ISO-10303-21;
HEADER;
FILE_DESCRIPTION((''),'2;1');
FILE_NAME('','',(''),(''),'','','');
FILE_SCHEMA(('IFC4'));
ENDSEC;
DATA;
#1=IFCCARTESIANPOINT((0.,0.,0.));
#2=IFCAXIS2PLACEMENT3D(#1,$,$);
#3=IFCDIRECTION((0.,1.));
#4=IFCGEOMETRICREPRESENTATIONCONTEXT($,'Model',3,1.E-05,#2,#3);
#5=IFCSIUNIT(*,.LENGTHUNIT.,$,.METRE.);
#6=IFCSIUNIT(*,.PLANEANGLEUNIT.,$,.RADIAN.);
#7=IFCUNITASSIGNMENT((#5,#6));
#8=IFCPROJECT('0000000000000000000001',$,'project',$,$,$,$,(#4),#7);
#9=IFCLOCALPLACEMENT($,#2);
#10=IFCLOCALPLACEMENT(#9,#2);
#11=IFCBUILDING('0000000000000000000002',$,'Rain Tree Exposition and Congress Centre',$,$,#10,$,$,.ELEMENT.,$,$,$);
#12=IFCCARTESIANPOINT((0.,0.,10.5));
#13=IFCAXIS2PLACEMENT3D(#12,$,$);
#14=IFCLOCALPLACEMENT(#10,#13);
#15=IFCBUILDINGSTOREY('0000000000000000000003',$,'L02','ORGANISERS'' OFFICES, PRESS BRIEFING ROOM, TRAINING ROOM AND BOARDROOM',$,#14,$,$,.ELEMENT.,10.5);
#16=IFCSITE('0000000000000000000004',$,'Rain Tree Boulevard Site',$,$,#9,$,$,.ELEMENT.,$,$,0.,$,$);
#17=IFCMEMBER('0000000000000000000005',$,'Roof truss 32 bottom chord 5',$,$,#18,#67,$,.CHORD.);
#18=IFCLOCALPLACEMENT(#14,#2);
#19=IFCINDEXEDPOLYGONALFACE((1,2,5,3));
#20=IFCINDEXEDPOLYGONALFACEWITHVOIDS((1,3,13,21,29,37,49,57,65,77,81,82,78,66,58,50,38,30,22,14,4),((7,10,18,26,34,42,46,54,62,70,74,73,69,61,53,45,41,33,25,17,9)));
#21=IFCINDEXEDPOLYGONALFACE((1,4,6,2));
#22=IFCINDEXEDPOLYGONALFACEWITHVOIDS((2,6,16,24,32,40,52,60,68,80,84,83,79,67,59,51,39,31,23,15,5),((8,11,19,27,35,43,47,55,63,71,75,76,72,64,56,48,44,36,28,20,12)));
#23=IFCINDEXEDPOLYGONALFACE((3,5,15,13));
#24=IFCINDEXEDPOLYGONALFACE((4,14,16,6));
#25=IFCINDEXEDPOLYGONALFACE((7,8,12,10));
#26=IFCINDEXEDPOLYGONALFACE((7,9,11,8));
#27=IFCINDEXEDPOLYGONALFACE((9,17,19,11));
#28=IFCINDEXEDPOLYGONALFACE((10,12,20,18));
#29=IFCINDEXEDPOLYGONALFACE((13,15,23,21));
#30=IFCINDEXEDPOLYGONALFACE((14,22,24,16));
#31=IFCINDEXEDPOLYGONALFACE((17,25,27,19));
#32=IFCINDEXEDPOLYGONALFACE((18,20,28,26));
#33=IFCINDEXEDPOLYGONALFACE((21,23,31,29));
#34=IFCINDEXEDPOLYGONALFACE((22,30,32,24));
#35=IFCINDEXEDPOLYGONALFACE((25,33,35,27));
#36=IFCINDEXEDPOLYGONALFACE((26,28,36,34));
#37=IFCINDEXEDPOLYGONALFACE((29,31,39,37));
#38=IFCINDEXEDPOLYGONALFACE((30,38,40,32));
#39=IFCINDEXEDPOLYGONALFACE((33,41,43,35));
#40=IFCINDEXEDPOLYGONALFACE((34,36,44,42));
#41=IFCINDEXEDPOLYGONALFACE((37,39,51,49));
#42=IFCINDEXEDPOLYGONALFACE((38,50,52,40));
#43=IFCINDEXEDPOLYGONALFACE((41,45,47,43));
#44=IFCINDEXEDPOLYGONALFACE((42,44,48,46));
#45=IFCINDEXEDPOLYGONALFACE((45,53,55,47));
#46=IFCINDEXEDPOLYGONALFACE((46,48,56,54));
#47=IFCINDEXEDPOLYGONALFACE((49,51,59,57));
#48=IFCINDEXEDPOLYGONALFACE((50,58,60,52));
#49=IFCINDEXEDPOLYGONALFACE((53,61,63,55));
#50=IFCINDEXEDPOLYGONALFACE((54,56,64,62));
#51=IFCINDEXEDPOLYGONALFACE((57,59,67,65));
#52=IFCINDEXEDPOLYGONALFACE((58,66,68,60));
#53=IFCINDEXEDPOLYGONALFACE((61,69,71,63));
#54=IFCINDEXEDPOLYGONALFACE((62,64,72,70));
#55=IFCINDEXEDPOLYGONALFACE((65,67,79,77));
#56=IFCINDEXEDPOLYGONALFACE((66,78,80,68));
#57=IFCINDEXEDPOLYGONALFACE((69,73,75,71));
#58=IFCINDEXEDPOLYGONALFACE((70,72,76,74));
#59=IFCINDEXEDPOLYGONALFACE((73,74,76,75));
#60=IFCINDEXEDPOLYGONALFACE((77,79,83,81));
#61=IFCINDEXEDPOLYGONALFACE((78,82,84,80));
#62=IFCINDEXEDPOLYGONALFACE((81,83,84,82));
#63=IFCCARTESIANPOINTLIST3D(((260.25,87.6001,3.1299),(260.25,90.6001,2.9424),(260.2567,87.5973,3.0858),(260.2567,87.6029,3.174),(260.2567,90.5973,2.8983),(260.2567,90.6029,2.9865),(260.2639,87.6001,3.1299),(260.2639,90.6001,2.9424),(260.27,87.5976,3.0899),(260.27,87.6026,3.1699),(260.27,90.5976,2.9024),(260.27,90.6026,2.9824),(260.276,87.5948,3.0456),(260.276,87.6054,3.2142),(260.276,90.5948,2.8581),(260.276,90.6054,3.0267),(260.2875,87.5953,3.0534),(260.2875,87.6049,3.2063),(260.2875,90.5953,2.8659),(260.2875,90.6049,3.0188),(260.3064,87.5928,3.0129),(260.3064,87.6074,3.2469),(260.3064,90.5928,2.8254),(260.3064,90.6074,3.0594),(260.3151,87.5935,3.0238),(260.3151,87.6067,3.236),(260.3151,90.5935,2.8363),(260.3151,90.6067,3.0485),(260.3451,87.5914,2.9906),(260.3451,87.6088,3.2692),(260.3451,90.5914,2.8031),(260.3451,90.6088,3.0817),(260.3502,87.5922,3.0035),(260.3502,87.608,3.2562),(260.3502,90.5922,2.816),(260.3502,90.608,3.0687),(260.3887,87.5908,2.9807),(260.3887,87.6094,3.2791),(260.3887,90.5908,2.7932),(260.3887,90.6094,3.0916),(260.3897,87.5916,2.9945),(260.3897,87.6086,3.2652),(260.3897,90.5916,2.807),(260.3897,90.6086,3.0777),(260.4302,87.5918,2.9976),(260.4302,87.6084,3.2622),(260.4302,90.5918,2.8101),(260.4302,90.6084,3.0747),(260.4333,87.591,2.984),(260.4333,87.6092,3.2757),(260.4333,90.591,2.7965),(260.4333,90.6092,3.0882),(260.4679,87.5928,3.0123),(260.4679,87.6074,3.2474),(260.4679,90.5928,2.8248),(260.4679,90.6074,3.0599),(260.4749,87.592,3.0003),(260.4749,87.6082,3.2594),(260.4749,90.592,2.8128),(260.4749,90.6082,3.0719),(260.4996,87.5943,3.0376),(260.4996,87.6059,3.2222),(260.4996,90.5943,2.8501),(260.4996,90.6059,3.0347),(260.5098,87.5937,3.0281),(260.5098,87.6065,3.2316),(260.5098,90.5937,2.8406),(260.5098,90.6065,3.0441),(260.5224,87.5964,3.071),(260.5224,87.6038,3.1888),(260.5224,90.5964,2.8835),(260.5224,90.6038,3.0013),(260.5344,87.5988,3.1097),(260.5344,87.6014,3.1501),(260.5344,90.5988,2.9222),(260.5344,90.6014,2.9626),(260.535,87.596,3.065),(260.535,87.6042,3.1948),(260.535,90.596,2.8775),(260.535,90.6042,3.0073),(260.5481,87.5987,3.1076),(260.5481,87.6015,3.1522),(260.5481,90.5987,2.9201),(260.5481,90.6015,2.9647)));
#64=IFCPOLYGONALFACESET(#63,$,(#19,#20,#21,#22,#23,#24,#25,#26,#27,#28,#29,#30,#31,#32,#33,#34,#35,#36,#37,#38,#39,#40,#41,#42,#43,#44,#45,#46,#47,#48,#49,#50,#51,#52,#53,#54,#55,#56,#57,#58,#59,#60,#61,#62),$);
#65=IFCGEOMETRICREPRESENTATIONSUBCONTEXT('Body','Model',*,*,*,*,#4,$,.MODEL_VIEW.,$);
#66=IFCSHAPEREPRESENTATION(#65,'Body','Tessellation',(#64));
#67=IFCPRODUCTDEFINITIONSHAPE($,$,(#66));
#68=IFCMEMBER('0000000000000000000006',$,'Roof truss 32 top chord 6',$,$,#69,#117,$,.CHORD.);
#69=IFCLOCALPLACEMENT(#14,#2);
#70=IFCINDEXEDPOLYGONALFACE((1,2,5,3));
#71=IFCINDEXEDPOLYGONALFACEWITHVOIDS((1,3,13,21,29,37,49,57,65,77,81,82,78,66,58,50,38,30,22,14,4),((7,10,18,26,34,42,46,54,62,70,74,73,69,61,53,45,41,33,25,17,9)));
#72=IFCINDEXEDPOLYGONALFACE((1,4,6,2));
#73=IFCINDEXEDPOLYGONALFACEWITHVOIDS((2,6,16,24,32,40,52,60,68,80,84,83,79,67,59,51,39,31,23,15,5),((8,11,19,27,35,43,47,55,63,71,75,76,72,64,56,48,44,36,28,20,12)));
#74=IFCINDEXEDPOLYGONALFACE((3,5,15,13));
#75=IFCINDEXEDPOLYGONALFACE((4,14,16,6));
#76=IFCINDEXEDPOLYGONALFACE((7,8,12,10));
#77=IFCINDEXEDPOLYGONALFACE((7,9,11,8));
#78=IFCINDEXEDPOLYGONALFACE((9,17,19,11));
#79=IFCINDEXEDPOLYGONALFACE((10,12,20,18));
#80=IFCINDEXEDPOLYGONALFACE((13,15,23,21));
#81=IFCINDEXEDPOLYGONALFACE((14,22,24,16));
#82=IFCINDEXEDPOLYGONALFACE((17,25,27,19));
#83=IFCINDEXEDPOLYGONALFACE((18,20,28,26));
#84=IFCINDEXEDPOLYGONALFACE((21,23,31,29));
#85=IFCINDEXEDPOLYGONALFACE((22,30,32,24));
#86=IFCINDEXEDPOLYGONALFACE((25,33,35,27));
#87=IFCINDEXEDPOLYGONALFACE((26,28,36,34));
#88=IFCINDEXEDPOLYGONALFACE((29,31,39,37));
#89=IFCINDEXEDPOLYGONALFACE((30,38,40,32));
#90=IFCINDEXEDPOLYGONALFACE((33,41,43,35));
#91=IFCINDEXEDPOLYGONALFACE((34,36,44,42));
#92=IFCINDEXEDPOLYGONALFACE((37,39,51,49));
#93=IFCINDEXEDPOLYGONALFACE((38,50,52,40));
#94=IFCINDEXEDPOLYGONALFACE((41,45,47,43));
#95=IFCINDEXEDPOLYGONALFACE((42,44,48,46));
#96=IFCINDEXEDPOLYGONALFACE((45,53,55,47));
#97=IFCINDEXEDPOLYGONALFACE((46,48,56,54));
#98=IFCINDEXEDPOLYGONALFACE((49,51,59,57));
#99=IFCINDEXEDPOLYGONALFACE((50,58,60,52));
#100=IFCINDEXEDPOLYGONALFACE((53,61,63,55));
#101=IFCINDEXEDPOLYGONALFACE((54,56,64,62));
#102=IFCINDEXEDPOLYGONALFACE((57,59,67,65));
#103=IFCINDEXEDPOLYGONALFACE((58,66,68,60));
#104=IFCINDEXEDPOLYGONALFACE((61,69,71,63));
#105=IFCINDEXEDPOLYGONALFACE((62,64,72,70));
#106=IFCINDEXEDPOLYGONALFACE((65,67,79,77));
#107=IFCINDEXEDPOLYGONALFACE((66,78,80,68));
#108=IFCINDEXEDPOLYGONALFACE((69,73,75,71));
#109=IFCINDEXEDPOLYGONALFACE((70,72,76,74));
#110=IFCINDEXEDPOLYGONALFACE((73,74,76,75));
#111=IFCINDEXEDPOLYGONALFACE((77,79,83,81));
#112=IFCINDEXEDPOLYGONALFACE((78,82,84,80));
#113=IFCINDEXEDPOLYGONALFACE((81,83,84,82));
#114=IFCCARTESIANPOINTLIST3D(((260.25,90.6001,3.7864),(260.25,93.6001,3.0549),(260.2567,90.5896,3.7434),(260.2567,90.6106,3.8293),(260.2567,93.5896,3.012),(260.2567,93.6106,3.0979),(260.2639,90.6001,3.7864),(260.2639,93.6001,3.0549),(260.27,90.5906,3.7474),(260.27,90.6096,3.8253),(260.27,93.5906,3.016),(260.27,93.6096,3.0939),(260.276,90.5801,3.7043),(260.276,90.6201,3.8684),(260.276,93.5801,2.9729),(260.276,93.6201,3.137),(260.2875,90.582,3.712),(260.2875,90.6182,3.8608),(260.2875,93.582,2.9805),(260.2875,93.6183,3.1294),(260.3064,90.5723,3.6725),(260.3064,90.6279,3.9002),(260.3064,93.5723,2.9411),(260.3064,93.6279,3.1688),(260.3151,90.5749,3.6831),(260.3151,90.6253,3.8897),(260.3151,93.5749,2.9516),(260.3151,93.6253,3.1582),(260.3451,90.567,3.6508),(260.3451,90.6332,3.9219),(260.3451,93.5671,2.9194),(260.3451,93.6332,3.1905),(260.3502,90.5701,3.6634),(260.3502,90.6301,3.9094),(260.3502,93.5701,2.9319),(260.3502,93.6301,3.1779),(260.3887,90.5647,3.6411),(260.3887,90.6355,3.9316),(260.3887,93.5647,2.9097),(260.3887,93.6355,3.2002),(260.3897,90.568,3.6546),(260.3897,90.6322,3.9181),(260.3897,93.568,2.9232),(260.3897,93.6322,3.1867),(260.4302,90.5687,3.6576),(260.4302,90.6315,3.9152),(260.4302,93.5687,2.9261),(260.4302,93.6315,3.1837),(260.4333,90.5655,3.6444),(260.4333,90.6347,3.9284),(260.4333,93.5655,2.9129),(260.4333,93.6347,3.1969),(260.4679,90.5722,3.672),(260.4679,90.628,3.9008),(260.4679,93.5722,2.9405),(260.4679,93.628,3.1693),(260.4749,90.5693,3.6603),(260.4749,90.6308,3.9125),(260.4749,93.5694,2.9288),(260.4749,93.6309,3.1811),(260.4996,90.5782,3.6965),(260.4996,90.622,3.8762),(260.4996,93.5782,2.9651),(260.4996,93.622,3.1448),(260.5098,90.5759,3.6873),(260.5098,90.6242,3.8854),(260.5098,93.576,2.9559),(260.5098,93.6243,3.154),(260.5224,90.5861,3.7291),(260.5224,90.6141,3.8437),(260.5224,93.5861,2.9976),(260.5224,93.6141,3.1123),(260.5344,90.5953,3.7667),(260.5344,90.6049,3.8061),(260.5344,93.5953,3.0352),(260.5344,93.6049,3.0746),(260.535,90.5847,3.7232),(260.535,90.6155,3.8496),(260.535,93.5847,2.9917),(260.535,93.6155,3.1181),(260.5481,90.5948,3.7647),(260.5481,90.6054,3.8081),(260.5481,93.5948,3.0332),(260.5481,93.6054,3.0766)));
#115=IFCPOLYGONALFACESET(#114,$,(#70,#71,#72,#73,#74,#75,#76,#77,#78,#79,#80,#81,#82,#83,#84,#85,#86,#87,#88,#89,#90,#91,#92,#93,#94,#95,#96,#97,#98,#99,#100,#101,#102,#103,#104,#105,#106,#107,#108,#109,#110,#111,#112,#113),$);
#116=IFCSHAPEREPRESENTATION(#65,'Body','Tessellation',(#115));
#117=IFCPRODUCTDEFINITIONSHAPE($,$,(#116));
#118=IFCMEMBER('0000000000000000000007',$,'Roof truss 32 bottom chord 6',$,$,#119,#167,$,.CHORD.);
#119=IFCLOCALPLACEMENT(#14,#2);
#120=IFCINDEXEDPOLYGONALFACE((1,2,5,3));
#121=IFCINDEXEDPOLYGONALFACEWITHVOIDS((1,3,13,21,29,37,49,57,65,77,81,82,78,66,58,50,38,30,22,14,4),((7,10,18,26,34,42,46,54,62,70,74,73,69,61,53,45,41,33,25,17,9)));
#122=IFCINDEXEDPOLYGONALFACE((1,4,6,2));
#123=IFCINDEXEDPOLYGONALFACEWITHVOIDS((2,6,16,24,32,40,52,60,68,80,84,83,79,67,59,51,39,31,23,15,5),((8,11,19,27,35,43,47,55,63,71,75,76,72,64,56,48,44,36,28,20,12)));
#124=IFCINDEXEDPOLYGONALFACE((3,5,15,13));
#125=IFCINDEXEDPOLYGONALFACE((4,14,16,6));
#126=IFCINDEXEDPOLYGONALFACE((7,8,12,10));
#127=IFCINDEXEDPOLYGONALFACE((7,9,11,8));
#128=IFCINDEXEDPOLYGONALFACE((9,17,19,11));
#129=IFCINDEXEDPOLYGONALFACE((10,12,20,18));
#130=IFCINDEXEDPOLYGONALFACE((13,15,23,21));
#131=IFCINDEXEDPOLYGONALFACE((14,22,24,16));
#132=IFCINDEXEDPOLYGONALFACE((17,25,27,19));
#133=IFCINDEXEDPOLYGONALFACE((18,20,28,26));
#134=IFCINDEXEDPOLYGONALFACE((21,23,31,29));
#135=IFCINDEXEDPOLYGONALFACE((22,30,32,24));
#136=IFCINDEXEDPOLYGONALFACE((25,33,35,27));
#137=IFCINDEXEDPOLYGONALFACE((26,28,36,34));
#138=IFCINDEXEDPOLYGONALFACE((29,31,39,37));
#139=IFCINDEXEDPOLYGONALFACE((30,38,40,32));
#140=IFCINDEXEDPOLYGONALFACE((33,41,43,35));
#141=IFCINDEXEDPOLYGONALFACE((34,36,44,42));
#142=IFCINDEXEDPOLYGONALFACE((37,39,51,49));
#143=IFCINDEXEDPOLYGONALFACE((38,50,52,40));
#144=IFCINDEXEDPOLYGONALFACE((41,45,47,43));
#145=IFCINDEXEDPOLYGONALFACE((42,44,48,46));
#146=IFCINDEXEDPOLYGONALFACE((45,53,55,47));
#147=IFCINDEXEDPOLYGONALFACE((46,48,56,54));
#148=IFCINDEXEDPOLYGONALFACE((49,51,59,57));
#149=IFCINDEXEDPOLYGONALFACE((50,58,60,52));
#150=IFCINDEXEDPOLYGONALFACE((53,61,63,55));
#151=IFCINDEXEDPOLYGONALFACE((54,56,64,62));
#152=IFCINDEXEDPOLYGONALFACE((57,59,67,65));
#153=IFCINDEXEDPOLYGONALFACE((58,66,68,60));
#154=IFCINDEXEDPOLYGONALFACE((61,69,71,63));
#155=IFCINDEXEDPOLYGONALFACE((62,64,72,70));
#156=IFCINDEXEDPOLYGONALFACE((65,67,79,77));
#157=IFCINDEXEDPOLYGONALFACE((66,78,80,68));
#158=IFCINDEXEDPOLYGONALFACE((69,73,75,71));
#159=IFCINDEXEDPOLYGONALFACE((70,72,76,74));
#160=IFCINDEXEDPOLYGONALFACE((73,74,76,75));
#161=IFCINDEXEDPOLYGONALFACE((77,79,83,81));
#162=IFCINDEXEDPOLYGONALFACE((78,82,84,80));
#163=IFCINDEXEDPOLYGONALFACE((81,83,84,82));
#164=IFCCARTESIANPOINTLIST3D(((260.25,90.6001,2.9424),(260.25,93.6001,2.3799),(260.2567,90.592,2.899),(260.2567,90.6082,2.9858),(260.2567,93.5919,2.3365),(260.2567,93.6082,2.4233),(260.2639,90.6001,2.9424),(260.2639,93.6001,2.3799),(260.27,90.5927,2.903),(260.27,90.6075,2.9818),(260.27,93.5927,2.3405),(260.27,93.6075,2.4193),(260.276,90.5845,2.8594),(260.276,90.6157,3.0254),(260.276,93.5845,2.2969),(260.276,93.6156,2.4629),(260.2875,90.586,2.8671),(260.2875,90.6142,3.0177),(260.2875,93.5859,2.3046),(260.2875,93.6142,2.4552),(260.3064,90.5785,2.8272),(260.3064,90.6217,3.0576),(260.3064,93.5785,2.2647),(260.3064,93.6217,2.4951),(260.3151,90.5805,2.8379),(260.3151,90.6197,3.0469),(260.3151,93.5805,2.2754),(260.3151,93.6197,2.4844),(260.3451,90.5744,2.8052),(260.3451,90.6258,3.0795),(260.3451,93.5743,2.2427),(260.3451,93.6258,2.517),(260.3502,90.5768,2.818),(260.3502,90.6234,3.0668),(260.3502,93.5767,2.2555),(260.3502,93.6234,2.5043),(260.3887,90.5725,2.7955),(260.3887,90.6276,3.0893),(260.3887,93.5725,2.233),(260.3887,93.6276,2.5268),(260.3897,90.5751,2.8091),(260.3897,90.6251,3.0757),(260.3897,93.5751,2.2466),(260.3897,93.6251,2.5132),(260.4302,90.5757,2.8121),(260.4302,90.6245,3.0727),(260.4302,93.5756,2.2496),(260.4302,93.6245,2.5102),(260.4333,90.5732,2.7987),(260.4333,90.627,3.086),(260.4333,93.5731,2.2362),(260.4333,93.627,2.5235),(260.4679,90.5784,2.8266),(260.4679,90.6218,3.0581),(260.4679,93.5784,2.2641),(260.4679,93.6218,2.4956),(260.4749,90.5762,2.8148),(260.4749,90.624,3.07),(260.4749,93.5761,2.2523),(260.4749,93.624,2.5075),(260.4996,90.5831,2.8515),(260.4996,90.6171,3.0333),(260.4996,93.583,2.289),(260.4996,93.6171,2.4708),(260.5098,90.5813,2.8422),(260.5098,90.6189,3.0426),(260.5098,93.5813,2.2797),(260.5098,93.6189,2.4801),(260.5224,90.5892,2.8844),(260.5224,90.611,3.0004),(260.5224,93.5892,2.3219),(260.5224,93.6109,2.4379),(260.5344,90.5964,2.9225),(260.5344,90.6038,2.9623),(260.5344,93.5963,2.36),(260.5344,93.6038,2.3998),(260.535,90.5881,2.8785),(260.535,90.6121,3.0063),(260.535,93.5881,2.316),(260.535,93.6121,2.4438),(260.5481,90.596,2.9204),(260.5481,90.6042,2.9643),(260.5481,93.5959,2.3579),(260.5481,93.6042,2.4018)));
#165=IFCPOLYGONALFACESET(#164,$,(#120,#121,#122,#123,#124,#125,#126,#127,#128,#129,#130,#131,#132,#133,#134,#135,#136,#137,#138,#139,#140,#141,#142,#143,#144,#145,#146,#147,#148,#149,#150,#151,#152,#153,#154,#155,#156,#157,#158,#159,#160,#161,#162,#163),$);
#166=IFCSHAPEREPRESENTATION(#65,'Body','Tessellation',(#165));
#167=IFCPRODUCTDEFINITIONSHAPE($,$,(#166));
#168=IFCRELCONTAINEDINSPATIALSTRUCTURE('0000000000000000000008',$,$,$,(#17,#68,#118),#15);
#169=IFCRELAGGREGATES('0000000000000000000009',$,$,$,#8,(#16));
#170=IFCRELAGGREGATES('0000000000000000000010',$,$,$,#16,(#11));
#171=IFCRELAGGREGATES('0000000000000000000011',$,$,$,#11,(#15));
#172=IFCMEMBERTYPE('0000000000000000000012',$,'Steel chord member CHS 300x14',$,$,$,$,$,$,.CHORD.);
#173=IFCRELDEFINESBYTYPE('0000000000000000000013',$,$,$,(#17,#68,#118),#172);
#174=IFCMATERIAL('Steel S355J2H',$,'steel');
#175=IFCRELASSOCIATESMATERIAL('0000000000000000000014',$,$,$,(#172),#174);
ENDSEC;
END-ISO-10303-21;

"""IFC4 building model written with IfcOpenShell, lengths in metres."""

from ifc_helpers import new_model, si_unit, direction, frame, origin, origin_2d, place, context, subcontext, project, spatial, hollow_circle, extrude, material, material_profile, profile_set, type_object, element, save


model = new_model("IFC4")

# Units and contexts
model_context = context("Model", 3, precision=1e-05, world=origin(), true_north=direction((0.0, 1.0)))
body_context = subcontext(model_context, "Body", "Model", "MODEL_VIEW")
ifc_project = project(units=[si_unit("LENGTHUNIT", "METRE"), si_unit("PLANEANGLEUNIT", "RADIAN")], contexts=[model_context])

# Site, building, storey
site_placement = place(None, origin())
site = spatial("IfcSite", under=ifc_project, at=site_placement, Name="Rain Tree Boulevard Site", CompositionType="ELEMENT", RefElevation=0.0)
building_placement = place(site_placement, origin())
building = spatial("IfcBuilding", under=site, at=building_placement, Name="Rain Tree Exposition and Congress Centre", CompositionType="ELEMENT")
storey_placement = place(building_placement, frame((0.0, 0.0, 10.5)))
storey = spatial("IfcBuildingStorey", under=building, at=storey_placement, Name="L02", Description="ORGANISERS' OFFICES, PRESS BRIEFING ROOM, TRAINING ROOM AND BOARDROOM", CompositionType="ELEMENT", Elevation=10.5)

# Members
ifc_material_1 = material(Name="Steel S355J2H", Category="steel")
ifc_material_profile_1 = material_profile(ifc_material_1, hollow_circle(Radius=0.1499, WallThickness=0.0139, at=origin_2d()), Name="CHS 300x14")
ifc_profile_set_1 = profile_set([ifc_material_profile_1], Name="Steel S355J2H")
member_type_1 = type_object("IfcMemberType", Name="Steel chord member CHS 300x14", PredefinedType="CHORD", material=ifc_profile_set_1)
member_1_placement = place(storey_placement, frame((260.3999, 87.6001, 3.1299), z_axis=(0.0, 0.998053, -0.062378), x_axis=(-1.0, 0.0, 0.0)))
element("IfcMember", 1, at=member_1_placement, inside=storey, type_object=member_type_1, Name="Roof truss 32 bottom chord 5", PredefinedType="CHORD", context=body_context, shape_type="SweptSolid", body=[
    extrude(hollow_circle(Radius=0.1499, WallThickness=0.0139, at=origin_2d()), origin(), (0.0, 0.0, 1.0), 3.0059),
])
member_2_placement = place(storey_placement, frame((260.3999, 90.6001, 3.7864), z_axis=(0.0, 0.97154, -0.236876), x_axis=(-1.0, 0.0, 0.0)))
element("IfcMember", 2, at=member_2_placement, inside=storey, type_object=member_type_1, Name="Roof truss 32 top chord 6", PredefinedType="CHORD", context=body_context, shape_type="SweptSolid", body=[
    extrude(hollow_circle(Radius=0.1499, WallThickness=0.0139, at=origin_2d()), origin(), (0.0, 0.0, 1.0), 3.0879),
])
member_3_placement = place(storey_placement, frame((260.3999, 90.6001, 2.9424), z_axis=(0.0, 0.982872, -0.184289), x_axis=(-1.0, 0.0, 0.0)))
element("IfcMember", 3, at=member_3_placement, inside=storey, type_object=member_type_1, Name="Roof truss 32 bottom chord 6", PredefinedType="CHORD", context=body_context, shape_type="SweptSolid", body=[
    extrude(hollow_circle(Radius=0.1499, WallThickness=0.0139, at=origin_2d()), origin(), (0.0, 0.0, 1.0), 3.0522),
])

save(model, "model.ifc")
